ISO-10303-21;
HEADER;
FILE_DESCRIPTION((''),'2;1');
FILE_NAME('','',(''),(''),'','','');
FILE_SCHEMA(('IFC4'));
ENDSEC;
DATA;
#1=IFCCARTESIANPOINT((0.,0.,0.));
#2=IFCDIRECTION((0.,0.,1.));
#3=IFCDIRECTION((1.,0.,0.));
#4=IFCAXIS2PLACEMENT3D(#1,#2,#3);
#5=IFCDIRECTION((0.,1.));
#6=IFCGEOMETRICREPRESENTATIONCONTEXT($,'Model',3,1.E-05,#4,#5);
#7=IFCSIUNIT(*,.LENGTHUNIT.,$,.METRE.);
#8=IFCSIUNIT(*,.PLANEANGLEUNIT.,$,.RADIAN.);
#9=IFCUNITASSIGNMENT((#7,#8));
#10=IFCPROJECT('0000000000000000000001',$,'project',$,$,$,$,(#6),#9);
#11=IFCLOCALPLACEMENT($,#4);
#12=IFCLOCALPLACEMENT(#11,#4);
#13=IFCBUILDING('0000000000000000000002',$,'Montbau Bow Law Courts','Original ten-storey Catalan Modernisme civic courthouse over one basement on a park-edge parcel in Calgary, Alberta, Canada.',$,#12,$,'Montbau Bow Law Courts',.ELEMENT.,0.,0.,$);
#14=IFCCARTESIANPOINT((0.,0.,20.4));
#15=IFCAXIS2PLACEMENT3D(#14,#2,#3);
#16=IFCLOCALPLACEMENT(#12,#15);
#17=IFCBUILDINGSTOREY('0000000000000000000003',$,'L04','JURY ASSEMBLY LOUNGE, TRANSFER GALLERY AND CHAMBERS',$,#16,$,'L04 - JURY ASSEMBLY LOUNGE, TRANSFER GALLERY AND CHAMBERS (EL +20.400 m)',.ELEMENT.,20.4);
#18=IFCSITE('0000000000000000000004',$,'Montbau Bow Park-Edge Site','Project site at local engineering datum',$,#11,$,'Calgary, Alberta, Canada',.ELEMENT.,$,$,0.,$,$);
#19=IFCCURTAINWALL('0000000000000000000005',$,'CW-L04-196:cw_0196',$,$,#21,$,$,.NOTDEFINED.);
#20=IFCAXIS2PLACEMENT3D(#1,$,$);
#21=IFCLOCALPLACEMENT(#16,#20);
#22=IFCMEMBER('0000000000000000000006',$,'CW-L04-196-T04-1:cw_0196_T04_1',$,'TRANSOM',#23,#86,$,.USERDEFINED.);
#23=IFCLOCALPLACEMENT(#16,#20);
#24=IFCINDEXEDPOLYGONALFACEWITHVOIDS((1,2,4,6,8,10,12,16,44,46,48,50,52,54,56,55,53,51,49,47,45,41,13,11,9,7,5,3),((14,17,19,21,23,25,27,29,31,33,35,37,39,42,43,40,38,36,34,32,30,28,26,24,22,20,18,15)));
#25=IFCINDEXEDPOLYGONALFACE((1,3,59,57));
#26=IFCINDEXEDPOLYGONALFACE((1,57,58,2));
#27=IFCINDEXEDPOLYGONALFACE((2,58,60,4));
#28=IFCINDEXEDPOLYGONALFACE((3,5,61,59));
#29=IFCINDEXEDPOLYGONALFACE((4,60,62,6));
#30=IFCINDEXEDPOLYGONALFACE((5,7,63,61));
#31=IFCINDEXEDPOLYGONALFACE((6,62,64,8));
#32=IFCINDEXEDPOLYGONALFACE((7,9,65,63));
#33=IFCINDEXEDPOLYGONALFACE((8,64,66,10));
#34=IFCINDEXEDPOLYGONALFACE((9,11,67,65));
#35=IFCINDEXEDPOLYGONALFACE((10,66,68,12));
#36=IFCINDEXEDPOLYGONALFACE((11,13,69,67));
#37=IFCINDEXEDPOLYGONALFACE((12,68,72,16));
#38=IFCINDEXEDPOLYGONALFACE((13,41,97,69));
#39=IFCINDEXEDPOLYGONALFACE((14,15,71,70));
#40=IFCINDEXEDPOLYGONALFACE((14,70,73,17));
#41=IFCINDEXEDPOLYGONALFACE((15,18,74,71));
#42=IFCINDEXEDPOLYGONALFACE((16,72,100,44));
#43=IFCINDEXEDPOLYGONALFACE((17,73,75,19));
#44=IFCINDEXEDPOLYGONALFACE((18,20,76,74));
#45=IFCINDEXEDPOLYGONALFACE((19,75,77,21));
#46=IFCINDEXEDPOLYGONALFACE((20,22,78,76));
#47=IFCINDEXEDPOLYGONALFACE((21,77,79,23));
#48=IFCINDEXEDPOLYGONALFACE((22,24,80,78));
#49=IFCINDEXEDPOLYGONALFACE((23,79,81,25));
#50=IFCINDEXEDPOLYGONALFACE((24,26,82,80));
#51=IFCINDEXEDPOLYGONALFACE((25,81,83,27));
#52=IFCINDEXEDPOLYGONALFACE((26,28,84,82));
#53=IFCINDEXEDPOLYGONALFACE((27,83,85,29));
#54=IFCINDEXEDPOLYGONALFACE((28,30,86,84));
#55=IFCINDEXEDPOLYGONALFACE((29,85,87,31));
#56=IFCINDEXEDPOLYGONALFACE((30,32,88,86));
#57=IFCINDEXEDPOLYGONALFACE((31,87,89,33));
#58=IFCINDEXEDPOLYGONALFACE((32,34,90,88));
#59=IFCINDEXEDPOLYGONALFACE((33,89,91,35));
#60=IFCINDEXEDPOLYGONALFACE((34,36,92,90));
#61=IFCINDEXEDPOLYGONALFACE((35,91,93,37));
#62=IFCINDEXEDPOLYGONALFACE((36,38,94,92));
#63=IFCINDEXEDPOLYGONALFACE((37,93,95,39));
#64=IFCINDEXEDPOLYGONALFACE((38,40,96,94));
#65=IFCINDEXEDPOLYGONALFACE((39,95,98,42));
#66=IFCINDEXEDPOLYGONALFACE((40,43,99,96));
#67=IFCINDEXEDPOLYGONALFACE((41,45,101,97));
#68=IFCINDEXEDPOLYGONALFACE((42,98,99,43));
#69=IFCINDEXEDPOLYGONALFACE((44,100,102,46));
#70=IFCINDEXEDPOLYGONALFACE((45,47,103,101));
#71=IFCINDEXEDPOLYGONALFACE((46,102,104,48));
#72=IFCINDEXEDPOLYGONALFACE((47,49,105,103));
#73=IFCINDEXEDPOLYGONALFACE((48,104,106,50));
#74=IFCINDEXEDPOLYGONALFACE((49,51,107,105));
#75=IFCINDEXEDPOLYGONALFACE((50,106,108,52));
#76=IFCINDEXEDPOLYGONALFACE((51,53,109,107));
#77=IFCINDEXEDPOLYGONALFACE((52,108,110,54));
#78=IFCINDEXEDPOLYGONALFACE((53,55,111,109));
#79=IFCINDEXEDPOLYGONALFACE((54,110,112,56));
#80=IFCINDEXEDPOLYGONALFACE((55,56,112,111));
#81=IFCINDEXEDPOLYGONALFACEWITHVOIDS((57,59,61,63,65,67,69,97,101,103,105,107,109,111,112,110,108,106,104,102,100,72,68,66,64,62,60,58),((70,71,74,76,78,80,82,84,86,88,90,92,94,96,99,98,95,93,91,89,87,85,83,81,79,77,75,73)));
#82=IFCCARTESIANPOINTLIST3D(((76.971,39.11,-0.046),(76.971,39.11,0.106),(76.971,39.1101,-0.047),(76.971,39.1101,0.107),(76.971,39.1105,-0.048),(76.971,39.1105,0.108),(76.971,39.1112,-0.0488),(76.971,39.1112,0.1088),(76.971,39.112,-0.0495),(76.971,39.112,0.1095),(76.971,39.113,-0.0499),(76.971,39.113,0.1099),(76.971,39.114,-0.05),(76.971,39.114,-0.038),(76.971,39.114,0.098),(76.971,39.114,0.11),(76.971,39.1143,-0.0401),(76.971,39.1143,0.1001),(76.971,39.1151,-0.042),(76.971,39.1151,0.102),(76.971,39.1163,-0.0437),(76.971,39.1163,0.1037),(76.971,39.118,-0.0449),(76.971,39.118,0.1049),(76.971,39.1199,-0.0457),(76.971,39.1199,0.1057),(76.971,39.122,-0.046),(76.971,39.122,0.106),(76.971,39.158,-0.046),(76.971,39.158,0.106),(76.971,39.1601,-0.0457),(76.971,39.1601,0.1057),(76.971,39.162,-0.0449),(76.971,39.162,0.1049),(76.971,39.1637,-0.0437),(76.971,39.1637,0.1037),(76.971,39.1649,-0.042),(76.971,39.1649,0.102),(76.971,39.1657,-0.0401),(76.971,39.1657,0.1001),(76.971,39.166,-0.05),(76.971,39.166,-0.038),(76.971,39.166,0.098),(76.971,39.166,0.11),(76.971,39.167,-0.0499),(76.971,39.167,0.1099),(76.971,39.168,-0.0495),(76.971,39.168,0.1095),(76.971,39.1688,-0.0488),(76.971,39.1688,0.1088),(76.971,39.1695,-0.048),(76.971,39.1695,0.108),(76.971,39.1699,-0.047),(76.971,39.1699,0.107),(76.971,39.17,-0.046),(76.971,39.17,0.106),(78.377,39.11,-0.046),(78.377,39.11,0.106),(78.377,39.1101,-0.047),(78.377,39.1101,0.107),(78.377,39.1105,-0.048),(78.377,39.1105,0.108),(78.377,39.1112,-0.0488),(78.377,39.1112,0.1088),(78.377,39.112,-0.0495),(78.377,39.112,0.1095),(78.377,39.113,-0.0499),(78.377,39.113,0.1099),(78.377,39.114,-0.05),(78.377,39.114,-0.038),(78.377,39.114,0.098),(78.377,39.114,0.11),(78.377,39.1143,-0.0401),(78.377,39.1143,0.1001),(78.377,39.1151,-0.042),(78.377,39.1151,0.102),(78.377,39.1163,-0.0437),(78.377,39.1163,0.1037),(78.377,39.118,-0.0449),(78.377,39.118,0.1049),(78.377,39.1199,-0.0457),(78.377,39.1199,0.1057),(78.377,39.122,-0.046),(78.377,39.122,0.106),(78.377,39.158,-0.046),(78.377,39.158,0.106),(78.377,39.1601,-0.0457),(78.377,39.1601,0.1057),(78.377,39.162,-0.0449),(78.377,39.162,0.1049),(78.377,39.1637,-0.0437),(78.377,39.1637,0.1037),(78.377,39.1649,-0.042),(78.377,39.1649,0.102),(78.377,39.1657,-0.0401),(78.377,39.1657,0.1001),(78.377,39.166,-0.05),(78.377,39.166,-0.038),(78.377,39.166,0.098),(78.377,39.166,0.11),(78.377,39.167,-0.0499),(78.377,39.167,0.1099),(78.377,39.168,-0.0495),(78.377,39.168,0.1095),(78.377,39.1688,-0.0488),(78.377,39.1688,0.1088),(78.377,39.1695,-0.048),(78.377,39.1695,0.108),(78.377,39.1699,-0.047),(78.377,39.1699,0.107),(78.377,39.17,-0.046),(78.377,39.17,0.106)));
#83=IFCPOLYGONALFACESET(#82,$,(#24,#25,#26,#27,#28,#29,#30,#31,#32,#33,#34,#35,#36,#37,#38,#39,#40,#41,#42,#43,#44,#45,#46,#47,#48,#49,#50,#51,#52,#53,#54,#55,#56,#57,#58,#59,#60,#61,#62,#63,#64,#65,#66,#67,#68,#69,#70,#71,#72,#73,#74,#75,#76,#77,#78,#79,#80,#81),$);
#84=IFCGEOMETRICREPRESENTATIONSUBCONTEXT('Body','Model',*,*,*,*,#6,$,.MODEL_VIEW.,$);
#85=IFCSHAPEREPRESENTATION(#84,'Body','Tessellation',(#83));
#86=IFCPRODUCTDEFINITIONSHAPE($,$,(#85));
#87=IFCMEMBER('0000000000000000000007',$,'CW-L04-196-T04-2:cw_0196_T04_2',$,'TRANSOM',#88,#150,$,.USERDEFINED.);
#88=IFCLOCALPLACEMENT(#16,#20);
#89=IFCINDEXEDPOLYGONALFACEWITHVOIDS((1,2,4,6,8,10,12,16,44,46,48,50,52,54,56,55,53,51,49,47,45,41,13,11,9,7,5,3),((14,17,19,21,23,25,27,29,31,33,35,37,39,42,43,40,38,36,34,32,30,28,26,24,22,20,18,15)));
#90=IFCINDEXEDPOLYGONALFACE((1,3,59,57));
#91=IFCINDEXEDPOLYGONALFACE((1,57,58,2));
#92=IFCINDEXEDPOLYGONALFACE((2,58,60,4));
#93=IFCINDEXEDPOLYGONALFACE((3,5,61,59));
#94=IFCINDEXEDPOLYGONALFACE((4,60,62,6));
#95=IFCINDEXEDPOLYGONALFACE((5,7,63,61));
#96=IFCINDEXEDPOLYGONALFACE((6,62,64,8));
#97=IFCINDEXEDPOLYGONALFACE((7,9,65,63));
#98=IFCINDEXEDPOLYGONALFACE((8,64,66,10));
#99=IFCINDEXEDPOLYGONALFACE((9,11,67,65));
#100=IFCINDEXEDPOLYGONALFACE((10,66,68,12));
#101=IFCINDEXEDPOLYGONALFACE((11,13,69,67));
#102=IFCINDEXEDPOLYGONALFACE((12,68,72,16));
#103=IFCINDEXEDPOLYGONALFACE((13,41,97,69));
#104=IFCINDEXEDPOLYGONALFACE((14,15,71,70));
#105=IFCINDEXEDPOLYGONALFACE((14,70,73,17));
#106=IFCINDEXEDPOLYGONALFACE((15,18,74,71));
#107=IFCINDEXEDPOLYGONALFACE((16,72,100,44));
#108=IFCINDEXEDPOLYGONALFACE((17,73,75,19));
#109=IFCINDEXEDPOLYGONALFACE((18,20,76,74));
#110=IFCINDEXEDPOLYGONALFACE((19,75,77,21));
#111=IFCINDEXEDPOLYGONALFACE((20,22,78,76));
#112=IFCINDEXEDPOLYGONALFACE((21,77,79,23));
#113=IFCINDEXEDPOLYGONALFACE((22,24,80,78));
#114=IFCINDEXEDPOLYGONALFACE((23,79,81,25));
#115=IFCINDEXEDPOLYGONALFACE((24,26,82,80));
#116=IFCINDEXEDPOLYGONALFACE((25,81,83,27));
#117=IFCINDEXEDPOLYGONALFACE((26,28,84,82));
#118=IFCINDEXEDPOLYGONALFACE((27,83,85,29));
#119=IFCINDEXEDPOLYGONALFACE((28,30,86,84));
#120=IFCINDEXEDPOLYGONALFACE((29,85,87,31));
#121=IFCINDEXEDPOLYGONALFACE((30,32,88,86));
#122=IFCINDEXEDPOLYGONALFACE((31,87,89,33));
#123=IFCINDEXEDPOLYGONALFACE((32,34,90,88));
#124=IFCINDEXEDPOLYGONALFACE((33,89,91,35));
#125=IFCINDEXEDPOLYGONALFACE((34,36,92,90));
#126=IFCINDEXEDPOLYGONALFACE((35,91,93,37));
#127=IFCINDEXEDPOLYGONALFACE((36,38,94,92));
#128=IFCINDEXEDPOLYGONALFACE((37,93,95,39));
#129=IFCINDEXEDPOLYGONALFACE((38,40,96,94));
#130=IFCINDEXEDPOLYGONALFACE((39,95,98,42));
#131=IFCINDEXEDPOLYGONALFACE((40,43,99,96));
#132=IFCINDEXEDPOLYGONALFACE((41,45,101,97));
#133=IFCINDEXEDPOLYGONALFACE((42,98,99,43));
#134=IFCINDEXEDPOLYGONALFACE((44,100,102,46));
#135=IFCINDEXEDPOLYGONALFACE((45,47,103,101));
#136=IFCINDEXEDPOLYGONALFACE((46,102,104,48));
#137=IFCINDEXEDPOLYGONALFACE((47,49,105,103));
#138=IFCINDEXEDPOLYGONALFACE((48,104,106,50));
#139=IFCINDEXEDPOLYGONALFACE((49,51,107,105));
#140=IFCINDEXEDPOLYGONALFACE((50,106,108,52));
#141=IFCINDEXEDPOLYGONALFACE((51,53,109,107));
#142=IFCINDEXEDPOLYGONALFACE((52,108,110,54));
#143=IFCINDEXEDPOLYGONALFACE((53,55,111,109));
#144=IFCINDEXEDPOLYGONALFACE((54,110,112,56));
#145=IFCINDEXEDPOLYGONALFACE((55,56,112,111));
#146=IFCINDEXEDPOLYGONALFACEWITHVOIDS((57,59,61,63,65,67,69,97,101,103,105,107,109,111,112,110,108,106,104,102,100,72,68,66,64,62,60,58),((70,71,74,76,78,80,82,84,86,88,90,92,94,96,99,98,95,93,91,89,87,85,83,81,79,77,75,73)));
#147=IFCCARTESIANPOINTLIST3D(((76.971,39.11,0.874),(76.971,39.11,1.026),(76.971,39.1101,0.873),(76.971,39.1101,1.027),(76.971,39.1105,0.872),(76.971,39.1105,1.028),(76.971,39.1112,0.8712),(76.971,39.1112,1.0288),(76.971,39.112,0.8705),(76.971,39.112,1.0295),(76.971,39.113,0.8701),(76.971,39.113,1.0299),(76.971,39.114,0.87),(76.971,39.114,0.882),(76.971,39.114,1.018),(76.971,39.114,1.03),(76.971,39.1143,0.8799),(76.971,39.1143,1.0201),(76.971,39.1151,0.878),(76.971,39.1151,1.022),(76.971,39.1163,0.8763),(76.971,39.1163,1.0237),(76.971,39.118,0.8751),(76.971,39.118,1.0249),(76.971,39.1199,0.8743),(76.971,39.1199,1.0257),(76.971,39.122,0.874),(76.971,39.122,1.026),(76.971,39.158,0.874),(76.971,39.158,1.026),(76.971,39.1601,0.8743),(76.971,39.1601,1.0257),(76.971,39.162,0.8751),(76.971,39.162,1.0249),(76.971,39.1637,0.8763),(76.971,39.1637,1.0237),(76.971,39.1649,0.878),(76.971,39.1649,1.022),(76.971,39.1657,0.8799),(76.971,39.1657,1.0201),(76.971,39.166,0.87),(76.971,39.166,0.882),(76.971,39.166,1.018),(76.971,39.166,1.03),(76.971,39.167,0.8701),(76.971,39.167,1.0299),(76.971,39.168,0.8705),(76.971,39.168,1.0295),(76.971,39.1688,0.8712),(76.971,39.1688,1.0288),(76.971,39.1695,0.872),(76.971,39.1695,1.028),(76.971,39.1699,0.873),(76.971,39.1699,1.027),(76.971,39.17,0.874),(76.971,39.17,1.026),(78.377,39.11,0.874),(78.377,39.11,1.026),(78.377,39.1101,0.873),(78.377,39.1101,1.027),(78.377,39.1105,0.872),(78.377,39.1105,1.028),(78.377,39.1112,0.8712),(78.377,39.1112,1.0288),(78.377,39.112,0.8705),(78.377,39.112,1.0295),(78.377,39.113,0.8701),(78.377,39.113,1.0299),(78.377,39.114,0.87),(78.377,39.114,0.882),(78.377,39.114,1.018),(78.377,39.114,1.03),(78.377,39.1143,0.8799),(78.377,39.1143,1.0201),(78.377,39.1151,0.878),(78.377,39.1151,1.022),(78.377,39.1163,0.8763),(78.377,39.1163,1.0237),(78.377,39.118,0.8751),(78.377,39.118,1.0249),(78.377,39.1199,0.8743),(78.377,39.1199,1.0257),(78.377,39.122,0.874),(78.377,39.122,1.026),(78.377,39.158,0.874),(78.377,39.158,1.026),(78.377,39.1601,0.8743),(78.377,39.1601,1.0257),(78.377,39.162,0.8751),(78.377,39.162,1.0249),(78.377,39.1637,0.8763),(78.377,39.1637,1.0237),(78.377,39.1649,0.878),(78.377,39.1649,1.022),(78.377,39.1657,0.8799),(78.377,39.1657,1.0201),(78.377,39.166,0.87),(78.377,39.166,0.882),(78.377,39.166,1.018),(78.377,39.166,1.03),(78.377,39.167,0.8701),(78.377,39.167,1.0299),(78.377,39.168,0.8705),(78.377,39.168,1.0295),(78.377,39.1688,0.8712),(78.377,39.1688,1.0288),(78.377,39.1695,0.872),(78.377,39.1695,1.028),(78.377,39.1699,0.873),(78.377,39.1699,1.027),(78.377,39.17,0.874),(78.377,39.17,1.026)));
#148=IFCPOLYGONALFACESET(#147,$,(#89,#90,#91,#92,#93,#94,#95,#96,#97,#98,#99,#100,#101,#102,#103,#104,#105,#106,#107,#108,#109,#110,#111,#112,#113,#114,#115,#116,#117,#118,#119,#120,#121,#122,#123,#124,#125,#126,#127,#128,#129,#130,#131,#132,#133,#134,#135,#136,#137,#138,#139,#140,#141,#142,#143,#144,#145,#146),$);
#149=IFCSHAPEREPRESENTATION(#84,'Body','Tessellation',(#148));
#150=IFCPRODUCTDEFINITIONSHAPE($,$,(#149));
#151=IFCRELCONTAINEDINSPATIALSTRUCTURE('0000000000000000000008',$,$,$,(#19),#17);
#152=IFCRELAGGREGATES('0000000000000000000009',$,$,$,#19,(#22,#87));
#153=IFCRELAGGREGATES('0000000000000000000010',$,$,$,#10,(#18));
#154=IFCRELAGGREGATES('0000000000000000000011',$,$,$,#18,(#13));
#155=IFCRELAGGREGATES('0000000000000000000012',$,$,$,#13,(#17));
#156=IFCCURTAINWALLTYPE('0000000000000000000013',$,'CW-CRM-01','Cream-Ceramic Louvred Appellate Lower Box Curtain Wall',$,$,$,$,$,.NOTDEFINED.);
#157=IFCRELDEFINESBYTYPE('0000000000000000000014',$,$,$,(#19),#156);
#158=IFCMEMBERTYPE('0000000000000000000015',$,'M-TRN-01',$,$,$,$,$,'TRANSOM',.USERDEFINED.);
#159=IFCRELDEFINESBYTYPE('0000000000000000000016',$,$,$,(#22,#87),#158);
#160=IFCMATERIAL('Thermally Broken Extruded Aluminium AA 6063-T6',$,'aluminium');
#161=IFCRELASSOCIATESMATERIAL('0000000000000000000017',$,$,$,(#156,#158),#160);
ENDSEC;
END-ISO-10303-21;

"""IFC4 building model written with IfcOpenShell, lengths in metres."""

from ifc_helpers import new_model, si_unit, direction, frame, origin_with_axes, origin_2d_with_axis, place, context, subcontext, project, spatial, hollow_rectangle, extrude, material, material_profile, profile_set, type_object, element, aggregate, save


model = new_model("IFC4")

# Units and contexts
model_context = context("Model", 3, precision=1e-05, world=origin_with_axes(), true_north=direction((0.0, 1.0)))
body_context = subcontext(model_context, "Body", "Model", "MODEL_VIEW")
ifc_project = project(units=[si_unit("LENGTHUNIT", "METRE"), si_unit("PLANEANGLEUNIT", "RADIAN")], contexts=[model_context])

# Site, building, storey
site_placement = place(None, origin_with_axes())
site = spatial("IfcSite", under=ifc_project, at=site_placement, Name="Montbau Bow Park-Edge Site", Description="Project site at local engineering datum", LongName="Calgary, Alberta, Canada", CompositionType="ELEMENT", RefElevation=0.0)
building_placement = place(site_placement, origin_with_axes())
building = spatial("IfcBuilding", under=site, at=building_placement, Name="Montbau Bow Law Courts", Description="Original ten-storey Catalan Modernisme civic courthouse over one basement on a park-edge parcel in Calgary, Alberta, Canada.", LongName="Montbau Bow Law Courts", CompositionType="ELEMENT", ElevationOfRefHeight=0.0, ElevationOfTerrain=0.0)
storey_placement = place(building_placement, frame((0.0, 0.0, 20.4), z_axis=(0.0, 0.0, 1.0), x_axis=(1.0, 0.0, 0.0)))
storey = spatial("IfcBuildingStorey", under=building, at=storey_placement, Name="L04", Description="JURY ASSEMBLY LOUNGE, TRANSFER GALLERY AND CHAMBERS", LongName="L04 - JURY ASSEMBLY LOUNGE, TRANSFER GALLERY AND CHAMBERS (EL +20.400 m)", CompositionType="ELEMENT", Elevation=20.4)

# Curtain wall, members
ifc_material_1 = material(Name="Thermally Broken Extruded Aluminium AA 6063-T6", Category="aluminium")
curtain_wall_type = type_object("IfcCurtainWallType", Name="CW-CRM-01", Description="Cream-Ceramic Louvred Appellate Lower Box Curtain Wall", PredefinedType="NOTDEFINED", material=ifc_material_1)
curtain_wall_placement = place(None, frame((72.515, 39.14, 20.4), z_axis=(0.0, 0.0, 1.0), x_axis=(1.0, 0.0, 0.0)))
curtain_wall = element("IfcCurtainWall", 1, at=curtain_wall_placement, inside=storey, type_object=curtain_wall_type, Name="CW-L04-196:cw_0196", PredefinedType="NOTDEFINED")
ifc_material_profile_1 = material_profile(ifc_material_1, hollow_rectangle(XDim=0.06, YDim=0.16, WallThickness=0.004, InnerFilletRadius=0.008, OuterFilletRadius=0.004, at=origin_2d_with_axis()), Name="CWT-160X60", Category="Main", Priority=0)
ifc_profile_set_1 = profile_set([ifc_material_profile_1], Name="Thermally Broken Extruded Aluminium AA 6063-T6")
member_type_1 = type_object("IfcMemberType", Name="M-TRN-01", ElementType="TRANSOM", PredefinedType="USERDEFINED", material=ifc_profile_set_1)
member_1_placement = place(None, frame((76.971, 39.14, 20.43), z_axis=(1.0, 0.0, 0.0), x_axis=(0.0, 1.0, 0.0)))
member_1 = element("IfcMember", 2, at=member_1_placement, type_object=member_type_1, Name="CW-L04-196-T04-1:cw_0196_T04_1", ObjectType="TRANSOM", PredefinedType="USERDEFINED", context=body_context, shape_type="SweptSolid", body=[
    extrude(hollow_rectangle(XDim=0.06, YDim=0.16, WallThickness=0.004, InnerFilletRadius=0.008, OuterFilletRadius=0.004, at=origin_2d_with_axis()), origin_with_axes(), (0.0, 0.0, 1.0), 1.406),
])
member_2_placement = place(None, frame((76.971, 39.14, 21.35), z_axis=(1.0, 0.0, 0.0), x_axis=(0.0, 1.0, 0.0)))
member_2 = element("IfcMember", 3, at=member_2_placement, type_object=member_type_1, Name="CW-L04-196-T04-2:cw_0196_T04_2", ObjectType="TRANSOM", PredefinedType="USERDEFINED", context=body_context, shape_type="SweptSolid", body=[
    extrude(hollow_rectangle(XDim=0.06, YDim=0.16, WallThickness=0.004, InnerFilletRadius=0.008, OuterFilletRadius=0.004, at=origin_2d_with_axis()), origin_with_axes(), (0.0, 0.0, 1.0), 1.406),
])
aggregate(curtain_wall, [member_1, member_2])

save(model, "model.ifc")
